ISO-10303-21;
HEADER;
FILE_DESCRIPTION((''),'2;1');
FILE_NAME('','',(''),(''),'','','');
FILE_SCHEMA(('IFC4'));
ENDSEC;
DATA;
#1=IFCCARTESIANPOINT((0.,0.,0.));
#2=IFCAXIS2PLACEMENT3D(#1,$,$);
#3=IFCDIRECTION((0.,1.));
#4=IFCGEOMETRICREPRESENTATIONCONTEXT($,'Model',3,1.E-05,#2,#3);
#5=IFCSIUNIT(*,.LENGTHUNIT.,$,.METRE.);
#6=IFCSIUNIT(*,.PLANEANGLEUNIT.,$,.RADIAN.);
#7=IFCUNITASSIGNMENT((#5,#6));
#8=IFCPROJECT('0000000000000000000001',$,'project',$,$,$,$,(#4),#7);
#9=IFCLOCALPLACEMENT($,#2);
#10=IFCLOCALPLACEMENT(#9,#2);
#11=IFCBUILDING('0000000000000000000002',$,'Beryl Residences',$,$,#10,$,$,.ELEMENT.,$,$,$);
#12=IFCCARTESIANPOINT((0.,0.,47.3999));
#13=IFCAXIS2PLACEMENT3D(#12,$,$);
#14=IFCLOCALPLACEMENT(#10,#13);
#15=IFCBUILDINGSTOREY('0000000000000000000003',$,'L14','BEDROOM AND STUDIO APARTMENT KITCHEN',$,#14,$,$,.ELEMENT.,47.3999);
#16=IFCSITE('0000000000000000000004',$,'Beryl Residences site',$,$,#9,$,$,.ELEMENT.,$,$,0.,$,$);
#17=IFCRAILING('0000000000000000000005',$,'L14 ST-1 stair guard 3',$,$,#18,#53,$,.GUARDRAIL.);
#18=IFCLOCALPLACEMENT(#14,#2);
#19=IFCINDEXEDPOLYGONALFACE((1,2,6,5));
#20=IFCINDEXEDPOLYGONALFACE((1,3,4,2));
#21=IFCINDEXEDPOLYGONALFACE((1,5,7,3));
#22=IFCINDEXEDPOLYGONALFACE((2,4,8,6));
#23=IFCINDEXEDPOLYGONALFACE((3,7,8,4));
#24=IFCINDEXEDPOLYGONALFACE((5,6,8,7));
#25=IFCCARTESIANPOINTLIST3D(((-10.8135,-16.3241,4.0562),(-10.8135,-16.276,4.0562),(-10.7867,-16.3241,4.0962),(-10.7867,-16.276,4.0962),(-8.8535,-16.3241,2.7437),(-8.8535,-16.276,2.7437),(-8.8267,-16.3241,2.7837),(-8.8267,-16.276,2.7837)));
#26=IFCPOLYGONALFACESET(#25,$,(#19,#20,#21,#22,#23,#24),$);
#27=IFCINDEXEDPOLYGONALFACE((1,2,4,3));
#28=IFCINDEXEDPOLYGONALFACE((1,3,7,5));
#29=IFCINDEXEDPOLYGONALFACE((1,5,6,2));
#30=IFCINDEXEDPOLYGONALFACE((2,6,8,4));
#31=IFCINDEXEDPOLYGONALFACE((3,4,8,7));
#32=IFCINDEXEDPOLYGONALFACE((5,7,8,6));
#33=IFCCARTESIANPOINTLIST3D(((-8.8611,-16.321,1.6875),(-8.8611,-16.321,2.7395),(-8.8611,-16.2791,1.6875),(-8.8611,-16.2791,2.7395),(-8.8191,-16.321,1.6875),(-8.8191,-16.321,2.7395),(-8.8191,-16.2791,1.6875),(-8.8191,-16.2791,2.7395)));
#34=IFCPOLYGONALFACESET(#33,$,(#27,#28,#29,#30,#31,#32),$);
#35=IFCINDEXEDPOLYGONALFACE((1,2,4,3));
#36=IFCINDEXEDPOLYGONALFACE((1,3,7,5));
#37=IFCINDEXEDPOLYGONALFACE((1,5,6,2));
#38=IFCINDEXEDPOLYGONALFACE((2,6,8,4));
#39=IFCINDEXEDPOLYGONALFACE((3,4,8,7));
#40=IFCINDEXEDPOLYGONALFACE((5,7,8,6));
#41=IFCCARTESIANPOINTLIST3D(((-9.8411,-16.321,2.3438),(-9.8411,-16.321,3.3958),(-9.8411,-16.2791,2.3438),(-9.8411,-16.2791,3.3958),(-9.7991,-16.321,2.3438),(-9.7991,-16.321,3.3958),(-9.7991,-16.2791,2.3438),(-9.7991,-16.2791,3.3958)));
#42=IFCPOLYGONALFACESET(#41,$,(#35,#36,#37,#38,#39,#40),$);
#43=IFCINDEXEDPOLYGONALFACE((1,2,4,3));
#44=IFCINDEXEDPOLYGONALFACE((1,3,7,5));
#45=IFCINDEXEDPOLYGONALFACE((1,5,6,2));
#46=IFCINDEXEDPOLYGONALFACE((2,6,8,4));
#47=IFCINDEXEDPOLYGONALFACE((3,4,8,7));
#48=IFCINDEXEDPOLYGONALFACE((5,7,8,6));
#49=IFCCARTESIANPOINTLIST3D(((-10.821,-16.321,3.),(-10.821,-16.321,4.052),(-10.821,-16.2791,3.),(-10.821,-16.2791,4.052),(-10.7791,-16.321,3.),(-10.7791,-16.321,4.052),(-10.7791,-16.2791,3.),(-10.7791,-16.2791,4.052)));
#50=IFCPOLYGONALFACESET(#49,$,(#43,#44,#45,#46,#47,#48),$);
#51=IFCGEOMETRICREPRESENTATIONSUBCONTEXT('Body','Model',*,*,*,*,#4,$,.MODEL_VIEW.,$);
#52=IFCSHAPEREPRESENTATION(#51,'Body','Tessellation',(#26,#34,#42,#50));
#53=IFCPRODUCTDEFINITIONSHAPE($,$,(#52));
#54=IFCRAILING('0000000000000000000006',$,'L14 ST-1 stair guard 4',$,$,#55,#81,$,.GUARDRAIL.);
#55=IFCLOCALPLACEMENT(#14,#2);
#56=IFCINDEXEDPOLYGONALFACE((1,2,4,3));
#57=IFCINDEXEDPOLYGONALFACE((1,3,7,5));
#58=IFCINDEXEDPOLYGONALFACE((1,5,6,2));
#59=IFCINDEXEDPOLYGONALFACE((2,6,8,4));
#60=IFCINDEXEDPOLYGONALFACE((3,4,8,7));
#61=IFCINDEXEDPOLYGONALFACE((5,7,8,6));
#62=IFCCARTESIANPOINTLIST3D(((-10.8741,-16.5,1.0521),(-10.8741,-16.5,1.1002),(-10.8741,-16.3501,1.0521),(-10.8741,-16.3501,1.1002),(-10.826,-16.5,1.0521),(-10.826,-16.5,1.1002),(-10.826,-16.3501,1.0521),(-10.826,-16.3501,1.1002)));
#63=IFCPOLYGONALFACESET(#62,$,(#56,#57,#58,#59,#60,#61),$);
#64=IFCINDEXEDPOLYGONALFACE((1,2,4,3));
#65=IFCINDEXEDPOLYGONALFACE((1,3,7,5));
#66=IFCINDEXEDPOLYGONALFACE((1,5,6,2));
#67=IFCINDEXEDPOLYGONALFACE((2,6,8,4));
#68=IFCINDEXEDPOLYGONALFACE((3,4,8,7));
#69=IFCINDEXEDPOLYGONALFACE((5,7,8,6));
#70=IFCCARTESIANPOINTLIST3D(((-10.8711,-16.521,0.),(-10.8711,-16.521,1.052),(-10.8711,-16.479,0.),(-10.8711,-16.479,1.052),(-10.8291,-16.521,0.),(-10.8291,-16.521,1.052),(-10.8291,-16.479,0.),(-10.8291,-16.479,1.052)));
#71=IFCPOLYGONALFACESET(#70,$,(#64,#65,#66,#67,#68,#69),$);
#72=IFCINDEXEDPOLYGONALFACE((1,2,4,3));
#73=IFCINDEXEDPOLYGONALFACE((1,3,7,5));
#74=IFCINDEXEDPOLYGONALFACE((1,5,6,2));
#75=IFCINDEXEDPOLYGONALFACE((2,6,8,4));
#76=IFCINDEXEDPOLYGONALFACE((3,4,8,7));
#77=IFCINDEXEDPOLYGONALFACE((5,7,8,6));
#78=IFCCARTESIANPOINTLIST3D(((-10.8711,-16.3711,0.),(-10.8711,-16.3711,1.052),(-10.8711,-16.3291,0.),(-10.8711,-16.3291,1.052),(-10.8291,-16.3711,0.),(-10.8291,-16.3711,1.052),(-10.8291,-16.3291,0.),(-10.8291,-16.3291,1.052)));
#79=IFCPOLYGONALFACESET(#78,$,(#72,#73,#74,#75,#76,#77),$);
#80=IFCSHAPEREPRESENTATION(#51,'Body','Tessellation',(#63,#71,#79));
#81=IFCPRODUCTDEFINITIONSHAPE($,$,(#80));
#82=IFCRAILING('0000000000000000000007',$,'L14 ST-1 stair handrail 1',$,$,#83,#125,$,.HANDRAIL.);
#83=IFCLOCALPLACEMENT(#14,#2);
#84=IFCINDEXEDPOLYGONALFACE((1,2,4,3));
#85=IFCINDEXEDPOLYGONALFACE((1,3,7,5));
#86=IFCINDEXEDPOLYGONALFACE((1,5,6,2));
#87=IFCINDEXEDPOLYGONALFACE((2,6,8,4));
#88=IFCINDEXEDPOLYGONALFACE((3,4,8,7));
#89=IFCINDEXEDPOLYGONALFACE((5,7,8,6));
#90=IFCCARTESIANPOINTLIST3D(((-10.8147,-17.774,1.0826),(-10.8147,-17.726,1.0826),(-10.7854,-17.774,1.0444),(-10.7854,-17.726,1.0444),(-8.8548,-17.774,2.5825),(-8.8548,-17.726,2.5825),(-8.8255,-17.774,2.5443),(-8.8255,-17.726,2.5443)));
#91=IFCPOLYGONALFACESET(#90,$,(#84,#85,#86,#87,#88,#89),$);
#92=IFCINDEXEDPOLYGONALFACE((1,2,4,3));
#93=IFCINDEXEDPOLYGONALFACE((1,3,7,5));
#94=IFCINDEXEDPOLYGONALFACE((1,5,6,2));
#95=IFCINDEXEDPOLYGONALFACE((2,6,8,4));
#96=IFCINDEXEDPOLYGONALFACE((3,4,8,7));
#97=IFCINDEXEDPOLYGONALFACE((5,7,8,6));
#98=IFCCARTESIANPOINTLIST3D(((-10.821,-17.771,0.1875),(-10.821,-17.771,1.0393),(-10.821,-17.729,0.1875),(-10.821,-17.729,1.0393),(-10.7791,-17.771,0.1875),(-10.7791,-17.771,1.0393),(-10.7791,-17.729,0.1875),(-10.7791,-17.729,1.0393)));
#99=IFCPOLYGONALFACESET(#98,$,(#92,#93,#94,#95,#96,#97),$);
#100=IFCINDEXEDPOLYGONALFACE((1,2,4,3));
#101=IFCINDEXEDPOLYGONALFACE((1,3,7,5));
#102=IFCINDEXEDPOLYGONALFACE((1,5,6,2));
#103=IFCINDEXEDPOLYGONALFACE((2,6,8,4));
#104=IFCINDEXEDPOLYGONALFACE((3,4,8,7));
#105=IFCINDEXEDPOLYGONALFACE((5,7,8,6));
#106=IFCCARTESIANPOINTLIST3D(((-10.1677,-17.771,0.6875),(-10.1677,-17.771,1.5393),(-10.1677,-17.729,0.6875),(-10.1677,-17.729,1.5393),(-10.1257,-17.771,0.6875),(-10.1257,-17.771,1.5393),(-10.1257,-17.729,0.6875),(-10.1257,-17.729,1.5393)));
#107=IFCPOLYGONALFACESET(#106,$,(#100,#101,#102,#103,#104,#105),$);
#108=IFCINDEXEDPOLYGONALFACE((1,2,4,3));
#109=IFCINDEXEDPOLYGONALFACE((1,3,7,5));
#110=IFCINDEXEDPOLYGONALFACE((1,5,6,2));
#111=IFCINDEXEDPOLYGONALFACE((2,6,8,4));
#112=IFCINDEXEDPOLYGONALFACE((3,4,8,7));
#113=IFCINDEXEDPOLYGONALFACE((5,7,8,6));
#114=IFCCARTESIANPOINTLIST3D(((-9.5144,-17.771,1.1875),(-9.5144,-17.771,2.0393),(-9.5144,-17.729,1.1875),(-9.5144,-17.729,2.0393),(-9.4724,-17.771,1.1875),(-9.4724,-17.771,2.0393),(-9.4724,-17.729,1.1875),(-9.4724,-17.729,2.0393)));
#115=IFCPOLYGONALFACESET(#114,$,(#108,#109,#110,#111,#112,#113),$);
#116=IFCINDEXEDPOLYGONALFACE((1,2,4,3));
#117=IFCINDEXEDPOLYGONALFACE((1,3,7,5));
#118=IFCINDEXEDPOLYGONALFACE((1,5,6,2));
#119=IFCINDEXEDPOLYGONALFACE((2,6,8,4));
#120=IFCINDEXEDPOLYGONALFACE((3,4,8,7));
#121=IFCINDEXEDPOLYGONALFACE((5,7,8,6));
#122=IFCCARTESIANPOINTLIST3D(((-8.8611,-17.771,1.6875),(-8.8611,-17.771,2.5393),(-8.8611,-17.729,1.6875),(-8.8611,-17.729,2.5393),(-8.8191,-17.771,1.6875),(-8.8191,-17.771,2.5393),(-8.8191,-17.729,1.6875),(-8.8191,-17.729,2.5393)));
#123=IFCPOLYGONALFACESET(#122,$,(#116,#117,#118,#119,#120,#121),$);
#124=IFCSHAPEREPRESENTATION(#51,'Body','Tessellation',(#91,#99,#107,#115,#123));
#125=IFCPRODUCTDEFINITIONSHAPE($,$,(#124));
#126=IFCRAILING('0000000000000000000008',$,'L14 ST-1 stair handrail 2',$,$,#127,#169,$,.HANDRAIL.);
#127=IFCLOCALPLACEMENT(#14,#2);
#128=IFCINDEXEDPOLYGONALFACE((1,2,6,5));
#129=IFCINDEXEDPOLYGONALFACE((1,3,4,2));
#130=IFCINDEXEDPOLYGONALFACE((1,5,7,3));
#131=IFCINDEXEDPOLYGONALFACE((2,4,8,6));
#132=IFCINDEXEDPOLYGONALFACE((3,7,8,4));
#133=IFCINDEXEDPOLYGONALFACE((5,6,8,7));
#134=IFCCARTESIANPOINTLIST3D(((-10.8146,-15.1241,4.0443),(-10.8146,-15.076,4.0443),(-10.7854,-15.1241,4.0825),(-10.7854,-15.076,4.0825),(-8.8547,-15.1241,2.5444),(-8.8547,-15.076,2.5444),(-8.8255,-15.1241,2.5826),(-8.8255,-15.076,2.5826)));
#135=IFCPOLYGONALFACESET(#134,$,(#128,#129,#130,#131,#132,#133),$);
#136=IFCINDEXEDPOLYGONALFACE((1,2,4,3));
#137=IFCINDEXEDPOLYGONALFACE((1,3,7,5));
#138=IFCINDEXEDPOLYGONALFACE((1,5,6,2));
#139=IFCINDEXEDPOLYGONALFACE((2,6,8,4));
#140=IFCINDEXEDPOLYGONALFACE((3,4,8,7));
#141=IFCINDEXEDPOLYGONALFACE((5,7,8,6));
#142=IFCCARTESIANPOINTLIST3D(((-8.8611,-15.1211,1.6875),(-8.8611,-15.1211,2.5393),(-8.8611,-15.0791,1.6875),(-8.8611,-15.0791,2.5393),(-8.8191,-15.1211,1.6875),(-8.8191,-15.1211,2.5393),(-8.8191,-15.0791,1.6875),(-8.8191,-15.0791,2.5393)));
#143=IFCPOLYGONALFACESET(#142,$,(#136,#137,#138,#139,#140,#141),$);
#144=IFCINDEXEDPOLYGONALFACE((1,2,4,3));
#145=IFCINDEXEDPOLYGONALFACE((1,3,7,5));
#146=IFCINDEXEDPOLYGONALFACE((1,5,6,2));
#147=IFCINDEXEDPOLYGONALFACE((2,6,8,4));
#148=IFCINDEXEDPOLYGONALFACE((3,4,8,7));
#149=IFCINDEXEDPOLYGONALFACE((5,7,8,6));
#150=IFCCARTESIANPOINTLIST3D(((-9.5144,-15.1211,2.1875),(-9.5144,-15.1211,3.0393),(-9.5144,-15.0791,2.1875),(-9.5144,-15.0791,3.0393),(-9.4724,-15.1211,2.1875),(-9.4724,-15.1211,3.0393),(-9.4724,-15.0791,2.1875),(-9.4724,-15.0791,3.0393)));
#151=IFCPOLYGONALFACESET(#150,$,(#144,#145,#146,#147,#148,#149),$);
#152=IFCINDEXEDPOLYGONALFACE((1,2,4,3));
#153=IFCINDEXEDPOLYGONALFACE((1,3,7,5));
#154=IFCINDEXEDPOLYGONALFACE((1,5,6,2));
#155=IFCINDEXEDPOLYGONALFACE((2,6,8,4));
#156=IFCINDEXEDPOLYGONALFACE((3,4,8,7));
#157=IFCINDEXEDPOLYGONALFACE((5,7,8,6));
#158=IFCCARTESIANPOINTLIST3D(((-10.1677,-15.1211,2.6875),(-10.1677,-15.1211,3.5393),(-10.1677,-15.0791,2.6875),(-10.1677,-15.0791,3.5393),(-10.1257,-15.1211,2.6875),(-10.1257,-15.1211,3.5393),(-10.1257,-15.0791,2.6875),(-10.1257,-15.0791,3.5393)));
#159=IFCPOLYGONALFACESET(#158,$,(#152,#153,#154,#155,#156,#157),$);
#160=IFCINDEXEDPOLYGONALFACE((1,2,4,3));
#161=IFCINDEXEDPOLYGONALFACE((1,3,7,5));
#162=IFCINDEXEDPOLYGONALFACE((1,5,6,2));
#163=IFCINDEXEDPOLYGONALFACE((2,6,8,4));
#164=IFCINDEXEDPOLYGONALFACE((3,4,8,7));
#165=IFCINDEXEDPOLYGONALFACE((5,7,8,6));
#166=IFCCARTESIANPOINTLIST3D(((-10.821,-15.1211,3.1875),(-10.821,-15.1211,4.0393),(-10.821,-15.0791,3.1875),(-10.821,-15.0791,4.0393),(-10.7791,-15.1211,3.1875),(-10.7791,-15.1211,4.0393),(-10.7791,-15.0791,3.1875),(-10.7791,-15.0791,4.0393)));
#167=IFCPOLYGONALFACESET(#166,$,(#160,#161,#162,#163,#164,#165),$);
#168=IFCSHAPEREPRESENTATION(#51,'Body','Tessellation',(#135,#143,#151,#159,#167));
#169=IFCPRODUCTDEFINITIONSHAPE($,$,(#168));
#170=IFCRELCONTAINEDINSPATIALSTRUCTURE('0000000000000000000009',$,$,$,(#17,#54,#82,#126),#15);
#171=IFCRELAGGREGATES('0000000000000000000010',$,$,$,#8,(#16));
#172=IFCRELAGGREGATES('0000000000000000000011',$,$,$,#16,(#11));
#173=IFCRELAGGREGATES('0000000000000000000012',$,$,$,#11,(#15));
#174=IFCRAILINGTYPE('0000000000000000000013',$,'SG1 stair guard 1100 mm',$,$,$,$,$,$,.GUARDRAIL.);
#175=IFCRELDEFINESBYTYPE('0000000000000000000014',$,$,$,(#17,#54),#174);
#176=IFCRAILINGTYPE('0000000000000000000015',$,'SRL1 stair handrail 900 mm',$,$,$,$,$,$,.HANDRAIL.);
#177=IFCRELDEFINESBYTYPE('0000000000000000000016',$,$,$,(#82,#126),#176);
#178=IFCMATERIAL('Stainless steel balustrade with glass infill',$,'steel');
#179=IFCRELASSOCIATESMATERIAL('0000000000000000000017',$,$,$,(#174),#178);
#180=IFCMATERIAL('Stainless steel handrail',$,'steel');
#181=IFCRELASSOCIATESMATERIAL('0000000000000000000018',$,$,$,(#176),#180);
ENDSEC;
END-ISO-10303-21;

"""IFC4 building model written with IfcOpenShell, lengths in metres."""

from ifc_helpers import new_model, si_unit, direction, frame, origin, origin_2d, place, context, subcontext, project, spatial, rectangle, extrude, material, type_object, element, save


model = new_model("IFC4")

# Units and contexts
model_context = context("Model", 3, precision=1e-05, world=origin(), true_north=direction((0.0, 1.0)))
body_context = subcontext(model_context, "Body", "Model", "MODEL_VIEW")
ifc_project = project(units=[si_unit("LENGTHUNIT", "METRE"), si_unit("PLANEANGLEUNIT", "RADIAN")], contexts=[model_context])

# Site, building, storey
site_placement = place(None, origin())
site = spatial("IfcSite", under=ifc_project, at=site_placement, Name="Beryl Residences site", CompositionType="ELEMENT", RefElevation=0.0)
building_placement = place(site_placement, origin())
building = spatial("IfcBuilding", under=site, at=building_placement, Name="Beryl Residences", CompositionType="ELEMENT")
storey_placement = place(building_placement, frame((0.0, 0.0, 47.3999)))
storey = spatial("IfcBuildingStorey", under=building, at=storey_placement, Name="L14", Description="BEDROOM AND STUDIO APARTMENT KITCHEN", CompositionType="ELEMENT", Elevation=47.3999)

# Railings
ifc_material_1 = material(Name="Stainless steel balustrade with glass infill", Category="steel")
railing_type_1 = type_object("IfcRailingType", Name="SG1 stair guard 1100 mm", PredefinedType="GUARDRAIL", material=ifc_material_1)
railing_1_placement = place(storey_placement, frame((-8.8401, -16.3, 1.6875)))
element("IfcRailing", 1, at=railing_1_placement, inside=storey, type_object=railing_type_1, Name="L14 ST-1 stair guard 3", PredefinedType="GUARDRAIL", context=body_context, shape_type="SweptSolid", body=[
    extrude(rectangle(XDim=0.0481, YDim=0.0481, at=origin_2d()), frame((0.0, 0.0, 1.0762), z_axis=(-0.830902, 0.0, 0.556419), x_axis=(0.0, -1.0, 0.0)), (0.0, 0.0, 1.0), 2.3589),
    extrude(rectangle(XDim=0.042, YDim=0.042, at=origin_2d()), origin(), (0.0, 0.0, 1.0), 1.052),
    extrude(rectangle(XDim=0.042, YDim=0.042, at=origin_2d()), frame((-0.98, 0.0, 0.6562)), (0.0, 0.0, 1.0), 1.052),
    extrude(rectangle(XDim=0.042, YDim=0.042, at=origin_2d()), frame((-1.96, 0.0, 1.3125)), (0.0, 0.0, 1.0), 1.052),
])
railing_2_placement = place(storey_placement, frame((-10.8501, -16.5, 0.0)))
element("IfcRailing", 2, at=railing_2_placement, inside=storey, type_object=railing_type_1, Name="L14 ST-1 stair guard 4", PredefinedType="GUARDRAIL", context=body_context, shape_type="SweptSolid", body=[
    extrude(rectangle(XDim=0.0481, YDim=0.0481, at=origin_2d()), frame((0.0, 0.0, 1.0762), z_axis=(0.0, 1.0, 0.0), x_axis=(-1.0, 0.0, 0.0)), (0.0, 0.0, 1.0), 0.1499),
    extrude(rectangle(XDim=0.042, YDim=0.042, at=origin_2d()), origin(), (0.0, 0.0, 1.0), 1.052),
    extrude(rectangle(XDim=0.042, YDim=0.042, at=origin_2d()), frame((0.0, 0.1499, 0.0)), (0.0, 0.0, 1.0), 1.052),
])
ifc_material_2 = material(Name="Stainless steel handrail", Category="steel")
railing_type_2 = type_object("IfcRailingType", Name="SRL1 stair handrail 900 mm", PredefinedType="HANDRAIL", material=ifc_material_2)
railing_3_placement = place(storey_placement, frame((-10.8, -17.75, 0.1875)))
element("IfcRailing", 3, at=railing_3_placement, inside=storey, type_object=railing_type_2, Name="L14 ST-1 stair handrail 1", PredefinedType="HANDRAIL", context=body_context, shape_type="SweptSolid", body=[
    extrude(rectangle(XDim=0.0481, YDim=0.0481, at=origin_2d()), frame((0.0, 0.0, 0.876), z_axis=(0.794122, 0.0, 0.607758), x_axis=(0.0, 1.0, 0.0)), (0.0, 0.0, 1.0), 2.468),
    extrude(rectangle(XDim=0.042, YDim=0.042, at=origin_2d()), origin(), (0.0, 0.0, 1.0), 0.8518),
    extrude(rectangle(XDim=0.042, YDim=0.042, at=origin_2d()), frame((0.6533, 0.0, 0.5)), (0.0, 0.0, 1.0), 0.8518),
    extrude(rectangle(XDim=0.042, YDim=0.042, at=origin_2d()), frame((1.3066, 0.0, 1.0)), (0.0, 0.0, 1.0), 0.8518),
    extrude(rectangle(XDim=0.042, YDim=0.042, at=origin_2d()), frame((1.96, 0.0, 1.5)), (0.0, 0.0, 1.0), 0.8518),
])
railing_4_placement = place(storey_placement, frame((-8.8401, -15.1001, 1.6875)))
element("IfcRailing", 4, at=railing_4_placement, inside=storey, type_object=railing_type_2, Name="L14 ST-1 stair handrail 2", PredefinedType="HANDRAIL", context=body_context, shape_type="SweptSolid", body=[
    extrude(rectangle(XDim=0.0481, YDim=0.0481, at=origin_2d()), frame((0.0, 0.0, 0.876), z_axis=(-0.794122, 0.0, 0.607758), x_axis=(0.0, -1.0, 0.0)), (0.0, 0.0, 1.0), 2.468),
    extrude(rectangle(XDim=0.042, YDim=0.042, at=origin_2d()), origin(), (0.0, 0.0, 1.0), 0.8518),
    extrude(rectangle(XDim=0.042, YDim=0.042, at=origin_2d()), frame((-0.6533, 0.0, 0.5)), (0.0, 0.0, 1.0), 0.8518),
    extrude(rectangle(XDim=0.042, YDim=0.042, at=origin_2d()), frame((-1.3066, 0.0, 1.0)), (0.0, 0.0, 1.0), 0.8518),
    extrude(rectangle(XDim=0.042, YDim=0.042, at=origin_2d()), frame((-1.96, 0.0, 1.5)), (0.0, 0.0, 1.0), 0.8518),
])

save(model, "model.ifc")
